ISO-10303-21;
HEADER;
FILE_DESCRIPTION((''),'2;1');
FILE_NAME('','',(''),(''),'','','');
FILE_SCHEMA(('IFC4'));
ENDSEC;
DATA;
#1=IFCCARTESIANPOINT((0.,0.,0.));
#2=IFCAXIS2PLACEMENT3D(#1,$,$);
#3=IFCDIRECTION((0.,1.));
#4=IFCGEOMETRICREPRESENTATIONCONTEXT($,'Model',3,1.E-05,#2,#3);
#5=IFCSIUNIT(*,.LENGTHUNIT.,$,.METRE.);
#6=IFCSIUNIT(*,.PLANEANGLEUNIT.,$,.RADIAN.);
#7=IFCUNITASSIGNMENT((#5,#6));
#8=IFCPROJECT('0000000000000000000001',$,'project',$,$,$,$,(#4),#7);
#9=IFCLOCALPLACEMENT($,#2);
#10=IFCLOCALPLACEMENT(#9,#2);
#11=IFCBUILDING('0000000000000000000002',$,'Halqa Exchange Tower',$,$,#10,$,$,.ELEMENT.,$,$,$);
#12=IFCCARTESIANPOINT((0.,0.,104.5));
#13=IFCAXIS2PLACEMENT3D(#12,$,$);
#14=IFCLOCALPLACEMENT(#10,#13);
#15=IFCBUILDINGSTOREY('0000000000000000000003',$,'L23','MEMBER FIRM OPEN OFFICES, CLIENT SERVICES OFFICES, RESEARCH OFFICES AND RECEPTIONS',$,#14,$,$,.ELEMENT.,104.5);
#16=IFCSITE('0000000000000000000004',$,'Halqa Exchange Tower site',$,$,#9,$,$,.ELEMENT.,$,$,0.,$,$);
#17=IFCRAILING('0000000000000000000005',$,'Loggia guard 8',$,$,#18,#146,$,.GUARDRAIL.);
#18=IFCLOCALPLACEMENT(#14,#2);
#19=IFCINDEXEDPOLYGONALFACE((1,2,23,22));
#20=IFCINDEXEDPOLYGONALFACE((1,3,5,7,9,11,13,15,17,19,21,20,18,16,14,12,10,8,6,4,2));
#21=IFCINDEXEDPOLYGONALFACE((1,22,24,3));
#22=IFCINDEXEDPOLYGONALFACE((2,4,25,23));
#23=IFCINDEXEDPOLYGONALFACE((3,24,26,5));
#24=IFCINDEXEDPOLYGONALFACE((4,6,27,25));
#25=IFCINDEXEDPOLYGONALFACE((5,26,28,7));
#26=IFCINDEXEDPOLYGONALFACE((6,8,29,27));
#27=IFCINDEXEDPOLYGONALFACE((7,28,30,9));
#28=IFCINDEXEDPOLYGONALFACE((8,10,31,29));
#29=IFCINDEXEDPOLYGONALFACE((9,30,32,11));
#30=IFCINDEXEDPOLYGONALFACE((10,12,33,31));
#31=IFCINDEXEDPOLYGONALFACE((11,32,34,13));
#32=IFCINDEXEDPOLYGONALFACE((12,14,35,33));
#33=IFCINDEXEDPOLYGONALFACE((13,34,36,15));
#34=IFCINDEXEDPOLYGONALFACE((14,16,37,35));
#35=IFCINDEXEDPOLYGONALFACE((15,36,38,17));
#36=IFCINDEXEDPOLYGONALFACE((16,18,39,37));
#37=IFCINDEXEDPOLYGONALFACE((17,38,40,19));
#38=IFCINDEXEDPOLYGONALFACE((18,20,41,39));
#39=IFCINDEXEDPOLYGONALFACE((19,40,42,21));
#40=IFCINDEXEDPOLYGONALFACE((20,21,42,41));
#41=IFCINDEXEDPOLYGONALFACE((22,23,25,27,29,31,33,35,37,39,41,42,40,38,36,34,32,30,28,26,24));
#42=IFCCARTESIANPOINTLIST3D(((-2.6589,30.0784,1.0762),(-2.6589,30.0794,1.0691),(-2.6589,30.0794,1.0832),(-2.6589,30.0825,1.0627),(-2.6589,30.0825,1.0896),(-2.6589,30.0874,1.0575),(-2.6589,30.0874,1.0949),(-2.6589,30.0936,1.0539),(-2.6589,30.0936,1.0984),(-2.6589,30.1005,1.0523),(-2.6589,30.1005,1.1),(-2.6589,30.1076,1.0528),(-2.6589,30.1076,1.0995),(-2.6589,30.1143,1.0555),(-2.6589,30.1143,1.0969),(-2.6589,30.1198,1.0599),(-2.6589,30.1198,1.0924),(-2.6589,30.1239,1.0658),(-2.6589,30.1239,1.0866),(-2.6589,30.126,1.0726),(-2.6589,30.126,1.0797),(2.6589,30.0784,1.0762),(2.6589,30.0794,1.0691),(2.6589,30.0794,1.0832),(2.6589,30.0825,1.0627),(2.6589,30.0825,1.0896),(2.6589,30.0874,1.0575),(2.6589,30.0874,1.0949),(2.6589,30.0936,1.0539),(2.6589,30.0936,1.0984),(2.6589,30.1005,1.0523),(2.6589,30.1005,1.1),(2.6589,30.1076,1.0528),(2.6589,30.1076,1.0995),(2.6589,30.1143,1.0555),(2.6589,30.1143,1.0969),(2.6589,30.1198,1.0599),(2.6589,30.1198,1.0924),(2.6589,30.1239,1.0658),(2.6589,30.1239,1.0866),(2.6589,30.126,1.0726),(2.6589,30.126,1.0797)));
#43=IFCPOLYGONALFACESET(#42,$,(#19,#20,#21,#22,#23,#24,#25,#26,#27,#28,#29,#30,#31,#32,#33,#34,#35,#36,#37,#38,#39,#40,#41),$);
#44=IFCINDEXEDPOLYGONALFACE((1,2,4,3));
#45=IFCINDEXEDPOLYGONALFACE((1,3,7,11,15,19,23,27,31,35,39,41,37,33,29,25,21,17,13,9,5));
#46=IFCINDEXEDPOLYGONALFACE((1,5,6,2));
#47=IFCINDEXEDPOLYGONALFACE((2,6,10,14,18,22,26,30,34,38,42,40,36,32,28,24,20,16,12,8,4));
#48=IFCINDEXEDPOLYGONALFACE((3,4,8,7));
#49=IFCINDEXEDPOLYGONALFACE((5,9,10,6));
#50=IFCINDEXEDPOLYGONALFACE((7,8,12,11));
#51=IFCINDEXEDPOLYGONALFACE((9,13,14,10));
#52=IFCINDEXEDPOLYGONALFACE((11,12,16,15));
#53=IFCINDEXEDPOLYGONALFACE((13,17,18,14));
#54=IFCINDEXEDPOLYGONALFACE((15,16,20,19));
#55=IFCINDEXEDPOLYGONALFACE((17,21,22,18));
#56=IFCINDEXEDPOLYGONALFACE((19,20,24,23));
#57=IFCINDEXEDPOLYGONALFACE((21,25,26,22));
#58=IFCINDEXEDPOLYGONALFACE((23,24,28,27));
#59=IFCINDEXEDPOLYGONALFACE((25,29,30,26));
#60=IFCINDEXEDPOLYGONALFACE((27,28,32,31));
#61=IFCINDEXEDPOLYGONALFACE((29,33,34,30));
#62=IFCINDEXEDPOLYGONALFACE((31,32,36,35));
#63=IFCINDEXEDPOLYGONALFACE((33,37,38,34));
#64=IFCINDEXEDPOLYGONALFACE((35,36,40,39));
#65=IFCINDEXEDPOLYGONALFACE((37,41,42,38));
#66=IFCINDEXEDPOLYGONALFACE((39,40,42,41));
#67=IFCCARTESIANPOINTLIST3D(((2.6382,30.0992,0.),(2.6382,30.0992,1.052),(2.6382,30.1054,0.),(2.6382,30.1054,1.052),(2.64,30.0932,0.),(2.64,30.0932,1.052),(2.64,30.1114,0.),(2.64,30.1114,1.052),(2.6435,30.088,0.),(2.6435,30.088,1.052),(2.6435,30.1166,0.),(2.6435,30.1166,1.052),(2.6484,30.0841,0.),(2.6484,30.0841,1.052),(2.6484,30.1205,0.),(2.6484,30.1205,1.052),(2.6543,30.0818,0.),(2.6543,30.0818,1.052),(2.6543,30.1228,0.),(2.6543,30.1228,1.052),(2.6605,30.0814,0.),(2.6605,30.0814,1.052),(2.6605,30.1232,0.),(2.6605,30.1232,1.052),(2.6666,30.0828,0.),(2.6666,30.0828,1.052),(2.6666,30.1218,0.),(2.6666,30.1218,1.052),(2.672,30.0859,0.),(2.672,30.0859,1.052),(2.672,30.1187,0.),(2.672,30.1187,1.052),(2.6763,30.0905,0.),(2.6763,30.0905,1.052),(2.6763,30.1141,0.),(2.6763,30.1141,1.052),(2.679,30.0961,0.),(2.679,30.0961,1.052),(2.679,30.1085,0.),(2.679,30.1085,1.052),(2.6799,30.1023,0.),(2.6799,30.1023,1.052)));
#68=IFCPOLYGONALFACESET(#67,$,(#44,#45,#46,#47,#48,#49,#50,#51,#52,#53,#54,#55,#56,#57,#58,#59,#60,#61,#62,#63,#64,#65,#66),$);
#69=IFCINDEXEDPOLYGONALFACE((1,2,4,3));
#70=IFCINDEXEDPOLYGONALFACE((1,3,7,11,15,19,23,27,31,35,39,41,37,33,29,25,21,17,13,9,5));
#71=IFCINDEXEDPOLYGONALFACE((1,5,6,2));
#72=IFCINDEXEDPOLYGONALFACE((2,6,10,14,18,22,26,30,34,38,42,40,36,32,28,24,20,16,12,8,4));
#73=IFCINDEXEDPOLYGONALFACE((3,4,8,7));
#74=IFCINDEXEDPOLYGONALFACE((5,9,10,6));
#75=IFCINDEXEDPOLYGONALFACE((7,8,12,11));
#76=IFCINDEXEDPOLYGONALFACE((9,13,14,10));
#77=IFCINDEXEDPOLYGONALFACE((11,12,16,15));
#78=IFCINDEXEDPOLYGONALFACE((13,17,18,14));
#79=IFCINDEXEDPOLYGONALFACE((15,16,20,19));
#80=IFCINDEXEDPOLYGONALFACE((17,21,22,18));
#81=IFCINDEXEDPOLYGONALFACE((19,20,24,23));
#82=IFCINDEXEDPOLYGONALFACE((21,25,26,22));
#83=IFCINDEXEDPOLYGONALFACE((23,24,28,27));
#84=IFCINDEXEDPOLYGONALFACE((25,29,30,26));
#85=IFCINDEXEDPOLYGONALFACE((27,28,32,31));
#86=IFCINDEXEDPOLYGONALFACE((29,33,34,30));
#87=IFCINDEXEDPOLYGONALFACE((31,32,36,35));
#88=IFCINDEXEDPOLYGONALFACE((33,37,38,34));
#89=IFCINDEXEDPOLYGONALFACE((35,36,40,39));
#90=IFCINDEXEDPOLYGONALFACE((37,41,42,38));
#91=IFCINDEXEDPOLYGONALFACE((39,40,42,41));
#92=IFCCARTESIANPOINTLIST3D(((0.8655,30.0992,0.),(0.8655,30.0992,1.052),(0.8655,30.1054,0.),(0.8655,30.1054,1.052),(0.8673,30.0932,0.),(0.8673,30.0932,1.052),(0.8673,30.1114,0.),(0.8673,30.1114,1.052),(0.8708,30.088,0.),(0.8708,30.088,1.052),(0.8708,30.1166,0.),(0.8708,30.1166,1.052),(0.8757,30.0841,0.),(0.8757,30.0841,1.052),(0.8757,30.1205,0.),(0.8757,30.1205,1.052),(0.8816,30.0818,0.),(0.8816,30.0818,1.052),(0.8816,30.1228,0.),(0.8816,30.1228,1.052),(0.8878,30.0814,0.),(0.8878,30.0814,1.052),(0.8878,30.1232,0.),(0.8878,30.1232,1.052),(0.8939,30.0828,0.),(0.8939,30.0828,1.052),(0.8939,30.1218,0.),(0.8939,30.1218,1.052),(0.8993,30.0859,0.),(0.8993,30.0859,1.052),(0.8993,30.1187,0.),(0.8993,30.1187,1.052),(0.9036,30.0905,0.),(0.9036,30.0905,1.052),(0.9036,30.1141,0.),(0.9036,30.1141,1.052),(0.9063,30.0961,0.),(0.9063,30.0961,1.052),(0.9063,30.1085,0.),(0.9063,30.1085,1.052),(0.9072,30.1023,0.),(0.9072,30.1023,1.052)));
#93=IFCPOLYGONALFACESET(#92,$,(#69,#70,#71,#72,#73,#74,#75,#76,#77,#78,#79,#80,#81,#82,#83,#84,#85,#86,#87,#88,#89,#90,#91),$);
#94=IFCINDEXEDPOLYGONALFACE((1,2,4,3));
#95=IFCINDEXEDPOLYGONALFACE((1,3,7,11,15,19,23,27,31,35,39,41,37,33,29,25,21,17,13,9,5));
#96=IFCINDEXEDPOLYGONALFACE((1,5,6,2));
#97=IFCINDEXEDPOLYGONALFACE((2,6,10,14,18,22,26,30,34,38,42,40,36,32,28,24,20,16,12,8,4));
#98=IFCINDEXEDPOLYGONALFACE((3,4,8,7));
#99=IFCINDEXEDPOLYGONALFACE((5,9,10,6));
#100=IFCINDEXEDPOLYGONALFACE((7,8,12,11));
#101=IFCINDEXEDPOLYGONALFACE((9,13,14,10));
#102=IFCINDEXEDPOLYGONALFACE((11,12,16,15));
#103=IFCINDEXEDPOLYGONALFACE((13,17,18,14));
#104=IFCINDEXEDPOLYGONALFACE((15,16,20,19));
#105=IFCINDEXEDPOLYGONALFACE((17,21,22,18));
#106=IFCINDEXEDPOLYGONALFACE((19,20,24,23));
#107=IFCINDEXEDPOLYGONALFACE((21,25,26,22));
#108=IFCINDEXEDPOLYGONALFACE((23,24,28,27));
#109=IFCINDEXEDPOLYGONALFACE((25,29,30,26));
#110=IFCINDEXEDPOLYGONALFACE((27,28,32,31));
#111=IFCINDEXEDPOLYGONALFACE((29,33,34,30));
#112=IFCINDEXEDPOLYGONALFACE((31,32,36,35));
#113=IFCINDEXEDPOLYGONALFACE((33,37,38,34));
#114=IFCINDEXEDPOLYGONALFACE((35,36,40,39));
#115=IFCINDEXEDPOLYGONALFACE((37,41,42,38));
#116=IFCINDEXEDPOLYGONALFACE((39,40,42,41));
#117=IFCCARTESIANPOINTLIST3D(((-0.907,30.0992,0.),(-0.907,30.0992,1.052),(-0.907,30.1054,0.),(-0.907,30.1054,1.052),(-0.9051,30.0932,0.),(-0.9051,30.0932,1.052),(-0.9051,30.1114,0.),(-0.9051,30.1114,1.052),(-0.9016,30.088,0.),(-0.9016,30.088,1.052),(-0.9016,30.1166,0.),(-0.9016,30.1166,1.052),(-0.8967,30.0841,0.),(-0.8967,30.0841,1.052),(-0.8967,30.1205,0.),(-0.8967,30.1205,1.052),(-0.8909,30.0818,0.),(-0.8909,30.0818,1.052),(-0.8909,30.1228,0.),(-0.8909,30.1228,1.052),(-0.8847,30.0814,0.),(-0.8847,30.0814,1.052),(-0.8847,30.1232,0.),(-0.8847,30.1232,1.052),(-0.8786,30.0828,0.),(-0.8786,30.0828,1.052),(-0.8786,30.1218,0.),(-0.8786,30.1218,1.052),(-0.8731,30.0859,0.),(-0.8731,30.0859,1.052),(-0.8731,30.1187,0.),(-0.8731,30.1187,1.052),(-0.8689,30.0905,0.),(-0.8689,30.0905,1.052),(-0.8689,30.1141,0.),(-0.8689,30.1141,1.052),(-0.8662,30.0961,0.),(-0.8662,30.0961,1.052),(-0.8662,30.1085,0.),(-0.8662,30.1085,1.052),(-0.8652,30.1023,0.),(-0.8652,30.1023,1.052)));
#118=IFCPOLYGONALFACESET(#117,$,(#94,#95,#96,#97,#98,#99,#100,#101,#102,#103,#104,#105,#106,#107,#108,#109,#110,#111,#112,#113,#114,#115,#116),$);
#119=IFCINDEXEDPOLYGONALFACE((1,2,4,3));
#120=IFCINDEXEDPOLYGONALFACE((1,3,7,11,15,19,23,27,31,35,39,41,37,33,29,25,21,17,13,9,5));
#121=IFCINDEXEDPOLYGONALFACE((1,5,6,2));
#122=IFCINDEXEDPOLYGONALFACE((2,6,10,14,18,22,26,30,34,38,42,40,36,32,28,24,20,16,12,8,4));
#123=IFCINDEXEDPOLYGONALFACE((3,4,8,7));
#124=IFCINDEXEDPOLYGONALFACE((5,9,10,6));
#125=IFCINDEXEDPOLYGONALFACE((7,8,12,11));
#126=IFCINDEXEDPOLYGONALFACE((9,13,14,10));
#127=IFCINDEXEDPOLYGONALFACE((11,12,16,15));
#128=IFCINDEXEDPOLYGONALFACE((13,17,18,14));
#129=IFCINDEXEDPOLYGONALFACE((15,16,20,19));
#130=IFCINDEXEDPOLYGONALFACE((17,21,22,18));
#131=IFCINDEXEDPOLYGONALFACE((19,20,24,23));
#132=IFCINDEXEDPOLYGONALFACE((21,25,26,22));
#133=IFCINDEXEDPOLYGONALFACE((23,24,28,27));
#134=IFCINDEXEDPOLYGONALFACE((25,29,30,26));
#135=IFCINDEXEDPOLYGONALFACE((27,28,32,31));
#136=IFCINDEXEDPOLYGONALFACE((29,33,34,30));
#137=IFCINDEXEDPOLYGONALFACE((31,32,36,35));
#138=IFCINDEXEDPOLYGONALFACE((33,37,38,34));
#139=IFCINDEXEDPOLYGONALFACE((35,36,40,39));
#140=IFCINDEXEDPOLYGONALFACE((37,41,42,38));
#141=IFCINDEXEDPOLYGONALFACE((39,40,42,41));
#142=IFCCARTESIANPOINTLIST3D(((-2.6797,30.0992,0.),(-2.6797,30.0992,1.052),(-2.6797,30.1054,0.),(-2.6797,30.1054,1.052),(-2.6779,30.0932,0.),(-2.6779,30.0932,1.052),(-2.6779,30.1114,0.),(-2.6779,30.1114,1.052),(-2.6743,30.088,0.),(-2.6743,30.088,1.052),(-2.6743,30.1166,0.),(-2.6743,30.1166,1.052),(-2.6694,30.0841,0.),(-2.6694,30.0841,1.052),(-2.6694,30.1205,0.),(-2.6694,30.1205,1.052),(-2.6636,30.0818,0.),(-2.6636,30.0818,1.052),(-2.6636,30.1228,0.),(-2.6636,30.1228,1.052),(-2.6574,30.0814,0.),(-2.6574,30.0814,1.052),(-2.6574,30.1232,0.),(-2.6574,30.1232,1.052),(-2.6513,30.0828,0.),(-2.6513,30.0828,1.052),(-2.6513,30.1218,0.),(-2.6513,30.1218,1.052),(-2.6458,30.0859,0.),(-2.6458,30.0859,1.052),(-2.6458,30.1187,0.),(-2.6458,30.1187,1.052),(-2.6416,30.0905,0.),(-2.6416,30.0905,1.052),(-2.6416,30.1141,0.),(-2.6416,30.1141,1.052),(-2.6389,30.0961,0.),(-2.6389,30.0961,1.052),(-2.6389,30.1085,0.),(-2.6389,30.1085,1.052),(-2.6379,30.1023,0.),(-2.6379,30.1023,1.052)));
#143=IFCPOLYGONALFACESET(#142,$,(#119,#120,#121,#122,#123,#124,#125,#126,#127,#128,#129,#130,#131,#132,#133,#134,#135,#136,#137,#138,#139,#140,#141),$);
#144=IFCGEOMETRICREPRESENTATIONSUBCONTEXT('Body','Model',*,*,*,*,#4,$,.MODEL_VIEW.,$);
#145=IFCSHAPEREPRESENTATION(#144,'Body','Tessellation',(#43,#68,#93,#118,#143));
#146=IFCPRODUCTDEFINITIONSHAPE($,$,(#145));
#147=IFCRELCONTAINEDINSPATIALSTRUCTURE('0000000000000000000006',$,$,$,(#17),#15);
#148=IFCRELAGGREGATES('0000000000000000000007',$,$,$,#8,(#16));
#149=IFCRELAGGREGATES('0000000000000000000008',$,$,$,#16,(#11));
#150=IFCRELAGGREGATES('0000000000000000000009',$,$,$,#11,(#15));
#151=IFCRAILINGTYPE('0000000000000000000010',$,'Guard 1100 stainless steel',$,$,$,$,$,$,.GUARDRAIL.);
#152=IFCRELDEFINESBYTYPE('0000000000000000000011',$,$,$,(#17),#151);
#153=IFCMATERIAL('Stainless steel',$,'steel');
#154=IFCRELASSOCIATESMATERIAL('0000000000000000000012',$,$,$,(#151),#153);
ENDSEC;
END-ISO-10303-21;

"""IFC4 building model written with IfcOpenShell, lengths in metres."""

from ifc_helpers import new_model, si_unit, direction, frame, origin, origin_2d, place, context, subcontext, project, spatial, circle, extrude, material, type_object, element, save


model = new_model("IFC4")

# Units and contexts
model_context = context("Model", 3, precision=1e-05, world=origin(), true_north=direction((0.0, 1.0)))
body_context = subcontext(model_context, "Body", "Model", "MODEL_VIEW")
ifc_project = project(units=[si_unit("LENGTHUNIT", "METRE"), si_unit("PLANEANGLEUNIT", "RADIAN")], contexts=[model_context])

# Site, building, storey
site_placement = place(None, origin())
site = spatial("IfcSite", under=ifc_project, at=site_placement, Name="Halqa Exchange Tower site", CompositionType="ELEMENT", RefElevation=0.0)
building_placement = place(site_placement, origin())
building = spatial("IfcBuilding", under=site, at=building_placement, Name="Halqa Exchange Tower", CompositionType="ELEMENT")
storey_placement = place(building_placement, frame((0.0, 0.0, 104.5)))
storey = spatial("IfcBuildingStorey", under=building, at=storey_placement, Name="L23", Description="MEMBER FIRM OPEN OFFICES, CLIENT SERVICES OFFICES, RESEARCH OFFICES AND RECEPTIONS", CompositionType="ELEMENT", Elevation=104.5)

# Railing
ifc_material_1 = material(Name="Stainless steel", Category="steel")
railing_type_1 = type_object("IfcRailingType", Name="Guard 1100 stainless steel", PredefinedType="GUARDRAIL", material=ifc_material_1)
railing_1_placement = place(storey_placement, frame((2.6589, 30.1023, 0.0)))
element("IfcRailing", 1, at=railing_1_placement, inside=storey, type_object=railing_type_1, Name="Loggia guard 8", PredefinedType="GUARDRAIL", context=body_context, shape_type="SweptSolid", body=[
    extrude(circle(Radius=0.0239, at=origin_2d()), frame((0.0, 0.0, 1.0762), z_axis=(-1.0, 0.0, 0.0), x_axis=(0.0, -1.0, 0.0)), (0.0, 0.0, 1.0), 5.3179),
    extrude(circle(Radius=0.021, at=origin_2d()), origin(), (0.0, 0.0, 1.0), 1.052),
    extrude(circle(Radius=0.021, at=origin_2d()), frame((-1.7727, 0.0, 0.0)), (0.0, 0.0, 1.0), 1.052),
    extrude(circle(Radius=0.021, at=origin_2d()), frame((-3.5452, 0.0, 0.0)), (0.0, 0.0, 1.0), 1.052),
    extrude(circle(Radius=0.021, at=origin_2d()), frame((-5.3179, 0.0, 0.0)), (0.0, 0.0, 1.0), 1.052),
])

save(model, "model.ifc")
